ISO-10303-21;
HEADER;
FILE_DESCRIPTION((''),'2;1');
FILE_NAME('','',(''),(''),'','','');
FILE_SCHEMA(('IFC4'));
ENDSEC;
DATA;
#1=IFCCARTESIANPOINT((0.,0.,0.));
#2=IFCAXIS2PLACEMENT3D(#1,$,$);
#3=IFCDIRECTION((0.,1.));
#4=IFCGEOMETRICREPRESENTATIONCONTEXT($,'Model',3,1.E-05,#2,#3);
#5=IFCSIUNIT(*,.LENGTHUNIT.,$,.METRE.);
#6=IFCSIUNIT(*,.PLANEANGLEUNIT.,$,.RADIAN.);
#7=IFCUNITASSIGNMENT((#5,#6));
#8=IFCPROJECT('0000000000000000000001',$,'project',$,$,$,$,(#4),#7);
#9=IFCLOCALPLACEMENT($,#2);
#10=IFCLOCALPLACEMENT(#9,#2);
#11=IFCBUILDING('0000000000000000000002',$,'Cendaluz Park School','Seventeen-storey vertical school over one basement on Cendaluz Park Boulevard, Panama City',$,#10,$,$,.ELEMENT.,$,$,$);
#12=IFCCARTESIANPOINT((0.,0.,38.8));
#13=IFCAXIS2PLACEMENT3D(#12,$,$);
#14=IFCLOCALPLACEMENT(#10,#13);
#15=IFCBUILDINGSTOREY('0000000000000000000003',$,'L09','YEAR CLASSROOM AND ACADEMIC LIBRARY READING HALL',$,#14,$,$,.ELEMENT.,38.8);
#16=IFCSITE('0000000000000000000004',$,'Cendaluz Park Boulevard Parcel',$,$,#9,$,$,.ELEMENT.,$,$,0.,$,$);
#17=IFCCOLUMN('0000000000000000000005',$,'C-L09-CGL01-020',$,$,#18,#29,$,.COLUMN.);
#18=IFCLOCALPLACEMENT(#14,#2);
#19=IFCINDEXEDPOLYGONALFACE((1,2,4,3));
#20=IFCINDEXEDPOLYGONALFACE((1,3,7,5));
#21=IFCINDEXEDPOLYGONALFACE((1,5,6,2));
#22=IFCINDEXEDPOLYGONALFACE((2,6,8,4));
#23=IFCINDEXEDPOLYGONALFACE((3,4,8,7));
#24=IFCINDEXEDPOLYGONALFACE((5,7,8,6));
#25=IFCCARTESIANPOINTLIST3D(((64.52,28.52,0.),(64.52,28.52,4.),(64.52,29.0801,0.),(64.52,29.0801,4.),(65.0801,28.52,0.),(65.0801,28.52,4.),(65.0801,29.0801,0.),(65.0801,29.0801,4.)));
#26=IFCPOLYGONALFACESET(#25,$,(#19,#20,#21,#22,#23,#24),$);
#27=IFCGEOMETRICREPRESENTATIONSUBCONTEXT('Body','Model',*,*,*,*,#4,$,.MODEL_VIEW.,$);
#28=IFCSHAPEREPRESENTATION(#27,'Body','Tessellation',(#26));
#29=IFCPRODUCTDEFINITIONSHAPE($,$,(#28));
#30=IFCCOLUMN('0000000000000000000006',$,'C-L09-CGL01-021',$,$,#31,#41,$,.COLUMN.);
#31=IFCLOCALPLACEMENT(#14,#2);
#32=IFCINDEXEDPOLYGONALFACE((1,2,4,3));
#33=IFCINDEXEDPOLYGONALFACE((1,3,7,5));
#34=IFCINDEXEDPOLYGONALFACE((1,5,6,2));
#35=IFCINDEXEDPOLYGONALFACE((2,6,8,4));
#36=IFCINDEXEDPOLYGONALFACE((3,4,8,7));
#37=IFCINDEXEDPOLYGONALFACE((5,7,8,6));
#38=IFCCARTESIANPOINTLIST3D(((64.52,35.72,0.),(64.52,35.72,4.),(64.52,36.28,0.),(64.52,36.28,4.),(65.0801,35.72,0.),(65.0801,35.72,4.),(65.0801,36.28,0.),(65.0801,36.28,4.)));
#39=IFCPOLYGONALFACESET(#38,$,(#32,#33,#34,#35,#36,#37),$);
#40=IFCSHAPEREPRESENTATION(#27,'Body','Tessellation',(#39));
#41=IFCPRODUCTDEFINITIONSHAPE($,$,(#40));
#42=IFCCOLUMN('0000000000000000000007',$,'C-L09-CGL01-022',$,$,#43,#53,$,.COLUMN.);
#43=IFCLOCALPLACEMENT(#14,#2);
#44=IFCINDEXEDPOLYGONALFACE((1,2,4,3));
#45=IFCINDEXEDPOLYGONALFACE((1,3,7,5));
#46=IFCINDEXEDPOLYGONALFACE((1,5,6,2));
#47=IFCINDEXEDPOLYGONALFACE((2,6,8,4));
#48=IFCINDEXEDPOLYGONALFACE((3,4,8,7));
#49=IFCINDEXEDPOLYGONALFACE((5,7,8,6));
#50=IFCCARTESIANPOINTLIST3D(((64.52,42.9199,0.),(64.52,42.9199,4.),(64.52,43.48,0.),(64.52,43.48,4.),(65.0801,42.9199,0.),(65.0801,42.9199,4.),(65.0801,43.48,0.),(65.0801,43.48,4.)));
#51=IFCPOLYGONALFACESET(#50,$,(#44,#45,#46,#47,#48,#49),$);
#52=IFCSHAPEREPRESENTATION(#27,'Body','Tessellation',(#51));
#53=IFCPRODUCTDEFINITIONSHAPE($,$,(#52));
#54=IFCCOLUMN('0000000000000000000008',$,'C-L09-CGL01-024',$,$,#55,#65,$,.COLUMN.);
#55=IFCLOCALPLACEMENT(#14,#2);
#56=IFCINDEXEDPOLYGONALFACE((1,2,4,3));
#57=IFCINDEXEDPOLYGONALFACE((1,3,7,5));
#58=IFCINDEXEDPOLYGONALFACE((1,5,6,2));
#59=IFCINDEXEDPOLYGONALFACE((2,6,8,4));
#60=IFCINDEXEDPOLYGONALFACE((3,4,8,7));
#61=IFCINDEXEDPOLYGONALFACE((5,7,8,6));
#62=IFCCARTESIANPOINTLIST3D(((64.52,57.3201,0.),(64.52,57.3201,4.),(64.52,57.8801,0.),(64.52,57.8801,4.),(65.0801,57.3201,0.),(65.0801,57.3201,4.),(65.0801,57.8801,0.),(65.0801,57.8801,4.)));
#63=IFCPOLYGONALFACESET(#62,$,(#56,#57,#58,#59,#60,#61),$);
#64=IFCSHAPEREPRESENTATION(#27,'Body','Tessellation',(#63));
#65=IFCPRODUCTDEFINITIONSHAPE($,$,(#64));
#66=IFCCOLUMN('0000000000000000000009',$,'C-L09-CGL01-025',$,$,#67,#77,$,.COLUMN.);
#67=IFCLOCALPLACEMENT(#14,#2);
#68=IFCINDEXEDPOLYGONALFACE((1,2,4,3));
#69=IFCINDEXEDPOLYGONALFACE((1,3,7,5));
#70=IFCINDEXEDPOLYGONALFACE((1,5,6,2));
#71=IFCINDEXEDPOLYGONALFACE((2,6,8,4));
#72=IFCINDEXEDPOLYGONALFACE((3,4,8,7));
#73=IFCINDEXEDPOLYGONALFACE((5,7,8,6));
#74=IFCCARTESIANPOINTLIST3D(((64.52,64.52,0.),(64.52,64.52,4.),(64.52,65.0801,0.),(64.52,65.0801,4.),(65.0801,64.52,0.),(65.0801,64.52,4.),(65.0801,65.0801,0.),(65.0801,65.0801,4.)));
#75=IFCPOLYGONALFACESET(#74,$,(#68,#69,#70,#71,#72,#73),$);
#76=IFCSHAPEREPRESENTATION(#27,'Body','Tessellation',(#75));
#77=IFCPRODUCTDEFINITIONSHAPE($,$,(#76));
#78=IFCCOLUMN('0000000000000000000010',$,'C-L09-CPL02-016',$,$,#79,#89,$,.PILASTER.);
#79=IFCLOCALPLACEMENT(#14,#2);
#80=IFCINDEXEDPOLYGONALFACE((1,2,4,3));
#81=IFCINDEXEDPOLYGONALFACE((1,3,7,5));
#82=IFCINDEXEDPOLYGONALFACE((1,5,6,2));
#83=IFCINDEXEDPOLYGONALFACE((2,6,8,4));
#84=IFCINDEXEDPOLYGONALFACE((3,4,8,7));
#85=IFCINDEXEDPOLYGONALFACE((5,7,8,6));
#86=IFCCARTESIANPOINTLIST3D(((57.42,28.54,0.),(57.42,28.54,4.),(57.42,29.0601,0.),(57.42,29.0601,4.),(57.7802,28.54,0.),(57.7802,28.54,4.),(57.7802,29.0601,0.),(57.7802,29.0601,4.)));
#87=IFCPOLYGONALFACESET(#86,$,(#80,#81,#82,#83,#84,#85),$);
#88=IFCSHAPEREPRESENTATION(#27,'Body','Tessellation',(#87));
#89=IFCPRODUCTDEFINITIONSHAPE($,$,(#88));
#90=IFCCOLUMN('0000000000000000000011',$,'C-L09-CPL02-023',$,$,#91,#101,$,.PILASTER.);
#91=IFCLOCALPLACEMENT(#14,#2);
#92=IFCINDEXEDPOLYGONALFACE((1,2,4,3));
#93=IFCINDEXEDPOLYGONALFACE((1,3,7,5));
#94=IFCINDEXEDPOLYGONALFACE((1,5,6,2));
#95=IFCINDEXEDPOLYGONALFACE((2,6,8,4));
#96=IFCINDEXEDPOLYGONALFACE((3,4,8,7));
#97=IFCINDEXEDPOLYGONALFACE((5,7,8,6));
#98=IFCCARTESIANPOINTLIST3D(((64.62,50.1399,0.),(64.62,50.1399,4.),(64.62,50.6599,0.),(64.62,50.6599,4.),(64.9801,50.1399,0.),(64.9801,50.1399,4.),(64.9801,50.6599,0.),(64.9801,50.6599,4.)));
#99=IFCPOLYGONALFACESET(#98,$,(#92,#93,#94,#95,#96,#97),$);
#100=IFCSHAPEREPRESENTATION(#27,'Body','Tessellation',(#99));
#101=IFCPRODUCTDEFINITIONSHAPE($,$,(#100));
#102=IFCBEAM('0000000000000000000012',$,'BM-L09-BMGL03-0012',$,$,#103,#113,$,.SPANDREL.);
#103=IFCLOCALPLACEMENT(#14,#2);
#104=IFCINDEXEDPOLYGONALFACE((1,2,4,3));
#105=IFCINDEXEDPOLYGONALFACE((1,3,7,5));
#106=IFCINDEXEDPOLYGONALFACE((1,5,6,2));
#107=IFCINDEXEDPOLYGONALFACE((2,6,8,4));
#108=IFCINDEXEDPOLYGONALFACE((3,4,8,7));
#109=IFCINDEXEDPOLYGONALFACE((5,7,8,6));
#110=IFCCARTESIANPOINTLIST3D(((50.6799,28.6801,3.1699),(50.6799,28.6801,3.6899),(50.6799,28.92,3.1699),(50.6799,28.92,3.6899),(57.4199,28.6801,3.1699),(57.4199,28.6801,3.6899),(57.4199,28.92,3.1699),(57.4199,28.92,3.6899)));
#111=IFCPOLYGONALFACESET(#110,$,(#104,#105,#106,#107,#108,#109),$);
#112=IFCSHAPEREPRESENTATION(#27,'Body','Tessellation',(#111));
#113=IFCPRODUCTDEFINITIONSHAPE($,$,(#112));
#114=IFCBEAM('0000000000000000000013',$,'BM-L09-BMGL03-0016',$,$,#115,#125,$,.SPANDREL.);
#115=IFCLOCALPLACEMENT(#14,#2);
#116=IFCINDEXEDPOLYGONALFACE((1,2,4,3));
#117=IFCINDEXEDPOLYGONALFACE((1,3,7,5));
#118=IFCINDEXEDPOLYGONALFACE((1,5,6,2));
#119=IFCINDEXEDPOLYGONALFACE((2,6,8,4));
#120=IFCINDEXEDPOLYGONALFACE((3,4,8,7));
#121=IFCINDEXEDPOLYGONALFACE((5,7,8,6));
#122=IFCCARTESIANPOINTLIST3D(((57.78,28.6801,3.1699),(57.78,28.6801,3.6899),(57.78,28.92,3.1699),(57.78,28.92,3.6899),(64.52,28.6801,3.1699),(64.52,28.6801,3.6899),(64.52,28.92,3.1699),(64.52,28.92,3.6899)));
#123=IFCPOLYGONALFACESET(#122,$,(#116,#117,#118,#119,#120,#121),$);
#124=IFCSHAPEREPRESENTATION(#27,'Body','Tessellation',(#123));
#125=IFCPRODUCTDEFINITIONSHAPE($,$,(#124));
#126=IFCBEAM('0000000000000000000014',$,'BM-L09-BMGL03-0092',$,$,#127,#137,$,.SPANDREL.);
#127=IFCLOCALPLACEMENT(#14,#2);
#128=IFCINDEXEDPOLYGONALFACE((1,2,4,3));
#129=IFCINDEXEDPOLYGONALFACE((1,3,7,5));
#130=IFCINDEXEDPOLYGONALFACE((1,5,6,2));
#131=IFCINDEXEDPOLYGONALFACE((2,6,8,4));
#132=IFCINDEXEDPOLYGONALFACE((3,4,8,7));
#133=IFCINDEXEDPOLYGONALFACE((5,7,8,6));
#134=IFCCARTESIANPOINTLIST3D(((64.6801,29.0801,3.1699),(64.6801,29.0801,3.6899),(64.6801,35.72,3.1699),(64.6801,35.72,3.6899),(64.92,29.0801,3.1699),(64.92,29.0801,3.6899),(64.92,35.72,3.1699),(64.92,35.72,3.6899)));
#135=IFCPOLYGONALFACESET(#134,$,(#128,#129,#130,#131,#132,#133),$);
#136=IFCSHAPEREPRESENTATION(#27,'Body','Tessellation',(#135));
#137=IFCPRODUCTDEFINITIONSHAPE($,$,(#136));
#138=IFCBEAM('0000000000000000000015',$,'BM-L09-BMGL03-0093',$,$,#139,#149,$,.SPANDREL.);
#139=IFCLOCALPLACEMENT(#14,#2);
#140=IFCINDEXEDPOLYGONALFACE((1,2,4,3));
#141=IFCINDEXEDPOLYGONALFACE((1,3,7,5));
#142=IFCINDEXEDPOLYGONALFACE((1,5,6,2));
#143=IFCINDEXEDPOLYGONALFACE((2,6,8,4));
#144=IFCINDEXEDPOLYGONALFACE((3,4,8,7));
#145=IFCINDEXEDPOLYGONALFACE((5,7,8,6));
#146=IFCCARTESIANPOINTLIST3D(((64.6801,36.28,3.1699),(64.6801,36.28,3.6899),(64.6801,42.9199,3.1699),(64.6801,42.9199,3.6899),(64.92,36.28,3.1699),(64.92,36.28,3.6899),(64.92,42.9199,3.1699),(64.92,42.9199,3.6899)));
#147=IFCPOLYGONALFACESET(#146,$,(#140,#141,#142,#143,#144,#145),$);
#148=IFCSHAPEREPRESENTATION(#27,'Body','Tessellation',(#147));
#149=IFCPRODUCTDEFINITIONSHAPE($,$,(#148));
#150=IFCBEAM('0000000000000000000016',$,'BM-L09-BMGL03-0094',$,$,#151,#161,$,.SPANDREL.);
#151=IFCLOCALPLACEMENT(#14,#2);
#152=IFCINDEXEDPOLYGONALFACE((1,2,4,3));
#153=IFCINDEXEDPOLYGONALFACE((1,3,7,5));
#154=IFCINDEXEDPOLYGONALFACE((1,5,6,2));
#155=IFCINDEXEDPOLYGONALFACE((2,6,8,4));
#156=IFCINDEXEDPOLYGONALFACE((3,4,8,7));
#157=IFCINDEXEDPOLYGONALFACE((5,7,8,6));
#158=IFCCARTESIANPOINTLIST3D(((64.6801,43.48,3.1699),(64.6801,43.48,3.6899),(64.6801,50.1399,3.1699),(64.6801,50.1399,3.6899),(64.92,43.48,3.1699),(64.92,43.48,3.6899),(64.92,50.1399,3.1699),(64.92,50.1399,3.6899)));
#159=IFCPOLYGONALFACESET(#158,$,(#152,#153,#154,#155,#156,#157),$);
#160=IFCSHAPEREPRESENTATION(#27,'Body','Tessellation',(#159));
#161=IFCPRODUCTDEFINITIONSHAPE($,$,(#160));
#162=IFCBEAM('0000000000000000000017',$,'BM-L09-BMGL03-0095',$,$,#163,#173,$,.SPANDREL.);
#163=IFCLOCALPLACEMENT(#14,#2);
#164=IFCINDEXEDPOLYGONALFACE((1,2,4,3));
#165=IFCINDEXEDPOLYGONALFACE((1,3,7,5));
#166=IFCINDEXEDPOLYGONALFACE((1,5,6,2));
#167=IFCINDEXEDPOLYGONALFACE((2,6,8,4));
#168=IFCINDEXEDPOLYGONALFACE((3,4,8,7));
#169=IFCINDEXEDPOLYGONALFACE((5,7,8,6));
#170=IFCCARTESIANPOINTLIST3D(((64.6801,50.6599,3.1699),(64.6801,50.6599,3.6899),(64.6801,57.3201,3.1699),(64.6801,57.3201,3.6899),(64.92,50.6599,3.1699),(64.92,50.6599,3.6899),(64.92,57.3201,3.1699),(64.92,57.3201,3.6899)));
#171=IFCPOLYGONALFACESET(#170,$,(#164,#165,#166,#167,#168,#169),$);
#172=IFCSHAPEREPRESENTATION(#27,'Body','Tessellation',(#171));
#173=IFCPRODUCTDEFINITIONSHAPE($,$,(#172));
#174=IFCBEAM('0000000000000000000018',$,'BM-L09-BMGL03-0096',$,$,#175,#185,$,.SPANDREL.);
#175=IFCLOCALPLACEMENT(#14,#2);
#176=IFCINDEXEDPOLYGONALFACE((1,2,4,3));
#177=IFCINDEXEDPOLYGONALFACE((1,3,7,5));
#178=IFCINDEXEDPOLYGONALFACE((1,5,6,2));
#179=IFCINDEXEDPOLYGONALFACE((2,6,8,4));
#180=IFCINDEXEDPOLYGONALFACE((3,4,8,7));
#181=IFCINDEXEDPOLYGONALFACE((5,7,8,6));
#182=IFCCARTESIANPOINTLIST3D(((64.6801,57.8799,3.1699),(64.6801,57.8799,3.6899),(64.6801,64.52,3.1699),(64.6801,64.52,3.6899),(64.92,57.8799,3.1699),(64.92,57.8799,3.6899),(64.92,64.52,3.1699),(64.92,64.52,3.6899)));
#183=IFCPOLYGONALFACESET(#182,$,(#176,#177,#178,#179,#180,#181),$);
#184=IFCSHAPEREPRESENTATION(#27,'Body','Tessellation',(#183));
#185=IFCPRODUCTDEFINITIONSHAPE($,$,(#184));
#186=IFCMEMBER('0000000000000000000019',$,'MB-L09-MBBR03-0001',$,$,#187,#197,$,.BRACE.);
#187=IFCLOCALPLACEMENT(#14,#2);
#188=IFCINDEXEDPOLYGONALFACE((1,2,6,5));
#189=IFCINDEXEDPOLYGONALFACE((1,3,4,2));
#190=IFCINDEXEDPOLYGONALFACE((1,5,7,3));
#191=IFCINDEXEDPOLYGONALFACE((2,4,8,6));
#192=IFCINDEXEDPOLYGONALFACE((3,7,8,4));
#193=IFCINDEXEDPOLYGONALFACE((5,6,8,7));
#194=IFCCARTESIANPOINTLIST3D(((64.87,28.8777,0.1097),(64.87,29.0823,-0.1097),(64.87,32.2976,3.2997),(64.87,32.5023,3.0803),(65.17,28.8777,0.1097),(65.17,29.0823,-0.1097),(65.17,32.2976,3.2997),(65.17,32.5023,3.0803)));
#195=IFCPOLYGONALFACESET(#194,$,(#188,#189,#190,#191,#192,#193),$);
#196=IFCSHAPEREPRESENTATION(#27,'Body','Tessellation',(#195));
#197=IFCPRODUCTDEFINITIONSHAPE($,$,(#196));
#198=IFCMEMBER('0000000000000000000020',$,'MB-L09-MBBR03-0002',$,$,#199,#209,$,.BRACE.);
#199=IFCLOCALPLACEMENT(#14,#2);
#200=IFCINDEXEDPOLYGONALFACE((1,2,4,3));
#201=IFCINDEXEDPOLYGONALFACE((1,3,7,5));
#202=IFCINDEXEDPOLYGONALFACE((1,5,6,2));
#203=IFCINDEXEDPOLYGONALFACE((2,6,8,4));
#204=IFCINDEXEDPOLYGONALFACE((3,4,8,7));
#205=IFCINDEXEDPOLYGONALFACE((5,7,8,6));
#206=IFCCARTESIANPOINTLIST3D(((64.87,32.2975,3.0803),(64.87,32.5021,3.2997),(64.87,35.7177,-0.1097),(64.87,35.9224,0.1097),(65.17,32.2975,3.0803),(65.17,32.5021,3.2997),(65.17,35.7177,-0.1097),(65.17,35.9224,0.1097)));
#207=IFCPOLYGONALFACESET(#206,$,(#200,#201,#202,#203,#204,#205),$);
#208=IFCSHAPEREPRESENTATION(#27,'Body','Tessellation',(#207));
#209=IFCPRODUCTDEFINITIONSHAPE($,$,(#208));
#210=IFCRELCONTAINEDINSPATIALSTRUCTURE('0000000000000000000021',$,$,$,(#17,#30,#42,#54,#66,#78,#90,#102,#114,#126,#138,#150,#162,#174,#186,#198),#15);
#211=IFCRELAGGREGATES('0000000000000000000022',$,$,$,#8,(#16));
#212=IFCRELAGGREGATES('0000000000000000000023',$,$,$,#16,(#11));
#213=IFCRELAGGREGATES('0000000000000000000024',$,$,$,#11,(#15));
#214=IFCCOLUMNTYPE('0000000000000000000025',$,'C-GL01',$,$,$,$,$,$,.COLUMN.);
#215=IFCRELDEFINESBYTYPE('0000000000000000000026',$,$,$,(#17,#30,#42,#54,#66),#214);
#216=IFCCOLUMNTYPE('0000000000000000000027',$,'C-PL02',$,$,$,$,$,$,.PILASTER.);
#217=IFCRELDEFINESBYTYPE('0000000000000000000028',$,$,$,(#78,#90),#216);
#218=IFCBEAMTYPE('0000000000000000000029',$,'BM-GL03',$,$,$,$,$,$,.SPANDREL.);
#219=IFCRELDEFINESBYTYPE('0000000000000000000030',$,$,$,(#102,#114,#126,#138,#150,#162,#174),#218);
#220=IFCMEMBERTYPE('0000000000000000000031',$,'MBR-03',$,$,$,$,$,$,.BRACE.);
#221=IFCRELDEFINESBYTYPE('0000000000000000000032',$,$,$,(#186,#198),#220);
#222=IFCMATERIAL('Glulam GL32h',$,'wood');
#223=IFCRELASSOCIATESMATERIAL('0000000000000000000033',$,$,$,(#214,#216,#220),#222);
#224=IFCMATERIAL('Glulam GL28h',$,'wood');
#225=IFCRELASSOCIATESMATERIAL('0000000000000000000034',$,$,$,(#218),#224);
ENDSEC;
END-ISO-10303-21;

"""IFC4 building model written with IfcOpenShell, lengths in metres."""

from ifc_helpers import new_model, si_unit, direction, frame, origin, origin_2d, place, context, subcontext, project, spatial, rectangle, extrude, material, material_profile, profile_set, type_object, element, save


model = new_model("IFC4")

# Units and contexts
model_context = context("Model", 3, precision=1e-05, world=origin(), true_north=direction((0.0, 1.0)))
body_context = subcontext(model_context, "Body", "Model", "MODEL_VIEW")
ifc_project = project(units=[si_unit("LENGTHUNIT", "METRE"), si_unit("PLANEANGLEUNIT", "RADIAN")], contexts=[model_context])

# Site, building, storey
site_placement = place(None, origin())
site = spatial("IfcSite", under=ifc_project, at=site_placement, Name="Cendaluz Park Boulevard Parcel", CompositionType="ELEMENT", RefElevation=0.0)
building_placement = place(site_placement, origin())
building = spatial("IfcBuilding", under=site, at=building_placement, Name="Cendaluz Park School", Description="Seventeen-storey vertical school over one basement on Cendaluz Park Boulevard, Panama City", CompositionType="ELEMENT")
storey_placement = place(building_placement, frame((0.0, 0.0, 38.8)))
storey = spatial("IfcBuildingStorey", under=building, at=storey_placement, Name="L09", Description="YEAR CLASSROOM AND ACADEMIC LIBRARY READING HALL", CompositionType="ELEMENT", Elevation=38.8)

# Columns
ifc_material_1 = material(Name="Glulam GL32h", Category="wood")
ifc_material_profile_1 = material_profile(ifc_material_1, rectangle(XDim=0.5601, YDim=0.5601, at=origin_2d()), Name="GL32h 560x560", Category="wood")
ifc_profile_set_1 = profile_set([ifc_material_profile_1], Name="Glulam GL32h")
column_type_1 = type_object("IfcColumnType", Name="C-GL01", PredefinedType="COLUMN", material=ifc_profile_set_1)
for number, where, z_axis, x_axis, name in (
    (1, (64.8, 28.8, 0.0), (0.0, 0.0, 1.0), (1.0, 0.0, 0.0), "C-L09-CGL01-020"),
    (2, (64.8, 36.0, 0.0), (0.0, 0.0, 1.0), (1.0, 0.0, 0.0), "C-L09-CGL01-021"),
    (3, (64.8, 43.2, 0.0), (0.0, 0.0, 1.0), (1.0, 0.0, 0.0), "C-L09-CGL01-022"),
    (4, (64.8, 57.6001, 0.0), (0.0, 0.0, 1.0), (1.0, 0.0, 0.0), "C-L09-CGL01-024"),
    (5, (64.8, 64.8, 0.0), (0.0, 0.0, 1.0), (1.0, 0.0, 0.0), "C-L09-CGL01-025"),
):
    element("IfcColumn", number, at=place(storey_placement, frame(where, z_axis=z_axis, x_axis=x_axis)), inside=storey, type_object=column_type_1, Name=name, PredefinedType="COLUMN", context=body_context, shape_type="SweptSolid", body=[
        extrude(rectangle(XDim=0.5601, YDim=0.5601, at=origin_2d()), origin(), (0.0, 0.0, 1.0), 4.0),
    ])
ifc_material_profile_2 = material_profile(ifc_material_1, rectangle(XDim=0.3601, YDim=0.52, at=origin_2d()), Name="GL32h 360x520", Category="wood")
ifc_profile_set_2 = profile_set([ifc_material_profile_2], Name="Glulam GL32h")
column_type_2 = type_object("IfcColumnType", Name="C-PL02", PredefinedType="PILASTER", material=ifc_profile_set_2)
for number, where, z_axis, x_axis, name in (
    (6, (57.6001, 28.8, 0.0), (0.0, 0.0, 1.0), (1.0, 0.0, 0.0), "C-L09-CPL02-016"),
    (7, (64.8, 50.3999, 0.0), (0.0, 0.0, 1.0), (1.0, 0.0, 0.0), "C-L09-CPL02-023"),
):
    element("IfcColumn", number, at=place(storey_placement, frame(where, z_axis=z_axis, x_axis=x_axis)), inside=storey, type_object=column_type_2, Name=name, PredefinedType="PILASTER", context=body_context, shape_type="SweptSolid", body=[
        extrude(rectangle(XDim=0.3601, YDim=0.52, at=origin_2d()), origin(), (0.0, 0.0, 1.0), 4.0),
    ])

# Beams
ifc_material_2 = material(Name="Glulam GL28h", Category="wood")
ifc_material_profile_3 = material_profile(ifc_material_2, rectangle(XDim=0.24, YDim=0.52, at=origin_2d()), Name="GL28h 240x520", Category="wood")
ifc_profile_set_3 = profile_set([ifc_material_profile_3], Name="Glulam GL28h")
beam_type = type_object("IfcBeamType", Name="BM-GL03", PredefinedType="SPANDREL", material=ifc_profile_set_3)
for number, where, z_axis, x_axis, name in (
    (8, (50.6799, 28.8, 3.4299), (1.0, 0.0, 0.0), (0.0, 1.0, 0.0), "BM-L09-BMGL03-0012"),
    (9, (57.78, 28.8, 3.4299), (1.0, 0.0, 0.0), (0.0, 1.0, 0.0), "BM-L09-BMGL03-0016"),
):
    element("IfcBeam", number, at=place(storey_placement, frame(where, z_axis=z_axis, x_axis=x_axis)), inside=storey, type_object=beam_type, Name=name, PredefinedType="SPANDREL", context=body_context, shape_type="SweptSolid", body=[
        extrude(rectangle(XDim=0.24, YDim=0.52, at=origin_2d()), origin(), (0.0, 0.0, 1.0), 6.74),
    ])
for number, where, z_axis, x_axis, name in (
    (10, (64.8, 29.0801, 3.4299), (0.0, 1.0, 0.0), (-1.0, 0.0, 0.0), "BM-L09-BMGL03-0092"),
    (11, (64.8, 36.28, 3.4299), (0.0, 1.0, 0.0), (-1.0, 0.0, 0.0), "BM-L09-BMGL03-0093"),
):
    element("IfcBeam", number, at=place(storey_placement, frame(where, z_axis=z_axis, x_axis=x_axis)), inside=storey, type_object=beam_type, Name=name, PredefinedType="SPANDREL", context=body_context, shape_type="SweptSolid", body=[
        extrude(rectangle(XDim=0.24, YDim=0.52, at=origin_2d()), origin(), (0.0, 0.0, 1.0), 6.6399),
    ])
beam_1_placement = place(storey_placement, frame((64.8, 43.48, 3.4299), z_axis=(0.0, 1.0, 0.0), x_axis=(-1.0, 0.0, 0.0)))
element("IfcBeam", 12, at=beam_1_placement, inside=storey, type_object=beam_type, Name="BM-L09-BMGL03-0094", PredefinedType="SPANDREL", context=body_context, shape_type="SweptSolid", body=[
    extrude(rectangle(XDim=0.24, YDim=0.52, at=origin_2d()), origin(), (0.0, 0.0, 1.0), 6.6599),
])
beam_2_placement = place(storey_placement, frame((64.8, 50.6599, 3.4299), z_axis=(0.0, 1.0, 0.0), x_axis=(-1.0, 0.0, 0.0)))
element("IfcBeam", 13, at=beam_2_placement, inside=storey, type_object=beam_type, Name="BM-L09-BMGL03-0095", PredefinedType="SPANDREL", context=body_context, shape_type="SweptSolid", body=[
    extrude(rectangle(XDim=0.24, YDim=0.52, at=origin_2d()), origin(), (0.0, 0.0, 1.0), 6.6602),
])
beam_3_placement = place(storey_placement, frame((64.8, 57.8799, 3.4299), z_axis=(0.0, 1.0, 0.0), x_axis=(-1.0, 0.0, 0.0)))
element("IfcBeam", 14, at=beam_3_placement, inside=storey, type_object=beam_type, Name="BM-L09-BMGL03-0096", PredefinedType="SPANDREL", context=body_context, shape_type="SweptSolid", body=[
    extrude(rectangle(XDim=0.24, YDim=0.52, at=origin_2d()), origin(), (0.0, 0.0, 1.0), 6.6401),
])

# Members
ifc_material_profile_4 = material_profile(ifc_material_1, rectangle(XDim=0.3, YDim=0.3, at=origin_2d()), Name="GL32h 300x300", Category="wood")
ifc_profile_set_4 = profile_set([ifc_material_profile_4], Name="Glulam GL32h")
member_type_1 = type_object("IfcMemberType", Name="MBR-03", PredefinedType="BRACE", material=ifc_profile_set_4)
member_1_placement = place(storey_placement, frame((65.02, 28.98, 0.0), z_axis=(0.0, 0.731267, 0.682091), x_axis=(-1.0, 0.0, 0.0)))
element("IfcMember", 15, at=member_1_placement, inside=storey, type_object=member_type_1, Name="MB-L09-MBBR03-0001", PredefinedType="BRACE", context=body_context, shape_type="SweptSolid", body=[
    extrude(rectangle(XDim=0.3, YDim=0.3, at=origin_2d()), origin(), (0.0, 0.0, 1.0), 4.6768),
])
member_2_placement = place(storey_placement, frame((65.02, 35.8201, 0.0), z_axis=(0.0, -0.731291, 0.682065), x_axis=(1.0, 0.0, 0.0)))
element("IfcMember", 16, at=member_2_placement, inside=storey, type_object=member_type_1, Name="MB-L09-MBBR03-0002", PredefinedType="BRACE", context=body_context, shape_type="SweptSolid", body=[
    extrude(rectangle(XDim=0.3, YDim=0.3, at=origin_2d()), origin(), (0.0, 0.0, 1.0), 4.677),
])

save(model, "model.ifc")
